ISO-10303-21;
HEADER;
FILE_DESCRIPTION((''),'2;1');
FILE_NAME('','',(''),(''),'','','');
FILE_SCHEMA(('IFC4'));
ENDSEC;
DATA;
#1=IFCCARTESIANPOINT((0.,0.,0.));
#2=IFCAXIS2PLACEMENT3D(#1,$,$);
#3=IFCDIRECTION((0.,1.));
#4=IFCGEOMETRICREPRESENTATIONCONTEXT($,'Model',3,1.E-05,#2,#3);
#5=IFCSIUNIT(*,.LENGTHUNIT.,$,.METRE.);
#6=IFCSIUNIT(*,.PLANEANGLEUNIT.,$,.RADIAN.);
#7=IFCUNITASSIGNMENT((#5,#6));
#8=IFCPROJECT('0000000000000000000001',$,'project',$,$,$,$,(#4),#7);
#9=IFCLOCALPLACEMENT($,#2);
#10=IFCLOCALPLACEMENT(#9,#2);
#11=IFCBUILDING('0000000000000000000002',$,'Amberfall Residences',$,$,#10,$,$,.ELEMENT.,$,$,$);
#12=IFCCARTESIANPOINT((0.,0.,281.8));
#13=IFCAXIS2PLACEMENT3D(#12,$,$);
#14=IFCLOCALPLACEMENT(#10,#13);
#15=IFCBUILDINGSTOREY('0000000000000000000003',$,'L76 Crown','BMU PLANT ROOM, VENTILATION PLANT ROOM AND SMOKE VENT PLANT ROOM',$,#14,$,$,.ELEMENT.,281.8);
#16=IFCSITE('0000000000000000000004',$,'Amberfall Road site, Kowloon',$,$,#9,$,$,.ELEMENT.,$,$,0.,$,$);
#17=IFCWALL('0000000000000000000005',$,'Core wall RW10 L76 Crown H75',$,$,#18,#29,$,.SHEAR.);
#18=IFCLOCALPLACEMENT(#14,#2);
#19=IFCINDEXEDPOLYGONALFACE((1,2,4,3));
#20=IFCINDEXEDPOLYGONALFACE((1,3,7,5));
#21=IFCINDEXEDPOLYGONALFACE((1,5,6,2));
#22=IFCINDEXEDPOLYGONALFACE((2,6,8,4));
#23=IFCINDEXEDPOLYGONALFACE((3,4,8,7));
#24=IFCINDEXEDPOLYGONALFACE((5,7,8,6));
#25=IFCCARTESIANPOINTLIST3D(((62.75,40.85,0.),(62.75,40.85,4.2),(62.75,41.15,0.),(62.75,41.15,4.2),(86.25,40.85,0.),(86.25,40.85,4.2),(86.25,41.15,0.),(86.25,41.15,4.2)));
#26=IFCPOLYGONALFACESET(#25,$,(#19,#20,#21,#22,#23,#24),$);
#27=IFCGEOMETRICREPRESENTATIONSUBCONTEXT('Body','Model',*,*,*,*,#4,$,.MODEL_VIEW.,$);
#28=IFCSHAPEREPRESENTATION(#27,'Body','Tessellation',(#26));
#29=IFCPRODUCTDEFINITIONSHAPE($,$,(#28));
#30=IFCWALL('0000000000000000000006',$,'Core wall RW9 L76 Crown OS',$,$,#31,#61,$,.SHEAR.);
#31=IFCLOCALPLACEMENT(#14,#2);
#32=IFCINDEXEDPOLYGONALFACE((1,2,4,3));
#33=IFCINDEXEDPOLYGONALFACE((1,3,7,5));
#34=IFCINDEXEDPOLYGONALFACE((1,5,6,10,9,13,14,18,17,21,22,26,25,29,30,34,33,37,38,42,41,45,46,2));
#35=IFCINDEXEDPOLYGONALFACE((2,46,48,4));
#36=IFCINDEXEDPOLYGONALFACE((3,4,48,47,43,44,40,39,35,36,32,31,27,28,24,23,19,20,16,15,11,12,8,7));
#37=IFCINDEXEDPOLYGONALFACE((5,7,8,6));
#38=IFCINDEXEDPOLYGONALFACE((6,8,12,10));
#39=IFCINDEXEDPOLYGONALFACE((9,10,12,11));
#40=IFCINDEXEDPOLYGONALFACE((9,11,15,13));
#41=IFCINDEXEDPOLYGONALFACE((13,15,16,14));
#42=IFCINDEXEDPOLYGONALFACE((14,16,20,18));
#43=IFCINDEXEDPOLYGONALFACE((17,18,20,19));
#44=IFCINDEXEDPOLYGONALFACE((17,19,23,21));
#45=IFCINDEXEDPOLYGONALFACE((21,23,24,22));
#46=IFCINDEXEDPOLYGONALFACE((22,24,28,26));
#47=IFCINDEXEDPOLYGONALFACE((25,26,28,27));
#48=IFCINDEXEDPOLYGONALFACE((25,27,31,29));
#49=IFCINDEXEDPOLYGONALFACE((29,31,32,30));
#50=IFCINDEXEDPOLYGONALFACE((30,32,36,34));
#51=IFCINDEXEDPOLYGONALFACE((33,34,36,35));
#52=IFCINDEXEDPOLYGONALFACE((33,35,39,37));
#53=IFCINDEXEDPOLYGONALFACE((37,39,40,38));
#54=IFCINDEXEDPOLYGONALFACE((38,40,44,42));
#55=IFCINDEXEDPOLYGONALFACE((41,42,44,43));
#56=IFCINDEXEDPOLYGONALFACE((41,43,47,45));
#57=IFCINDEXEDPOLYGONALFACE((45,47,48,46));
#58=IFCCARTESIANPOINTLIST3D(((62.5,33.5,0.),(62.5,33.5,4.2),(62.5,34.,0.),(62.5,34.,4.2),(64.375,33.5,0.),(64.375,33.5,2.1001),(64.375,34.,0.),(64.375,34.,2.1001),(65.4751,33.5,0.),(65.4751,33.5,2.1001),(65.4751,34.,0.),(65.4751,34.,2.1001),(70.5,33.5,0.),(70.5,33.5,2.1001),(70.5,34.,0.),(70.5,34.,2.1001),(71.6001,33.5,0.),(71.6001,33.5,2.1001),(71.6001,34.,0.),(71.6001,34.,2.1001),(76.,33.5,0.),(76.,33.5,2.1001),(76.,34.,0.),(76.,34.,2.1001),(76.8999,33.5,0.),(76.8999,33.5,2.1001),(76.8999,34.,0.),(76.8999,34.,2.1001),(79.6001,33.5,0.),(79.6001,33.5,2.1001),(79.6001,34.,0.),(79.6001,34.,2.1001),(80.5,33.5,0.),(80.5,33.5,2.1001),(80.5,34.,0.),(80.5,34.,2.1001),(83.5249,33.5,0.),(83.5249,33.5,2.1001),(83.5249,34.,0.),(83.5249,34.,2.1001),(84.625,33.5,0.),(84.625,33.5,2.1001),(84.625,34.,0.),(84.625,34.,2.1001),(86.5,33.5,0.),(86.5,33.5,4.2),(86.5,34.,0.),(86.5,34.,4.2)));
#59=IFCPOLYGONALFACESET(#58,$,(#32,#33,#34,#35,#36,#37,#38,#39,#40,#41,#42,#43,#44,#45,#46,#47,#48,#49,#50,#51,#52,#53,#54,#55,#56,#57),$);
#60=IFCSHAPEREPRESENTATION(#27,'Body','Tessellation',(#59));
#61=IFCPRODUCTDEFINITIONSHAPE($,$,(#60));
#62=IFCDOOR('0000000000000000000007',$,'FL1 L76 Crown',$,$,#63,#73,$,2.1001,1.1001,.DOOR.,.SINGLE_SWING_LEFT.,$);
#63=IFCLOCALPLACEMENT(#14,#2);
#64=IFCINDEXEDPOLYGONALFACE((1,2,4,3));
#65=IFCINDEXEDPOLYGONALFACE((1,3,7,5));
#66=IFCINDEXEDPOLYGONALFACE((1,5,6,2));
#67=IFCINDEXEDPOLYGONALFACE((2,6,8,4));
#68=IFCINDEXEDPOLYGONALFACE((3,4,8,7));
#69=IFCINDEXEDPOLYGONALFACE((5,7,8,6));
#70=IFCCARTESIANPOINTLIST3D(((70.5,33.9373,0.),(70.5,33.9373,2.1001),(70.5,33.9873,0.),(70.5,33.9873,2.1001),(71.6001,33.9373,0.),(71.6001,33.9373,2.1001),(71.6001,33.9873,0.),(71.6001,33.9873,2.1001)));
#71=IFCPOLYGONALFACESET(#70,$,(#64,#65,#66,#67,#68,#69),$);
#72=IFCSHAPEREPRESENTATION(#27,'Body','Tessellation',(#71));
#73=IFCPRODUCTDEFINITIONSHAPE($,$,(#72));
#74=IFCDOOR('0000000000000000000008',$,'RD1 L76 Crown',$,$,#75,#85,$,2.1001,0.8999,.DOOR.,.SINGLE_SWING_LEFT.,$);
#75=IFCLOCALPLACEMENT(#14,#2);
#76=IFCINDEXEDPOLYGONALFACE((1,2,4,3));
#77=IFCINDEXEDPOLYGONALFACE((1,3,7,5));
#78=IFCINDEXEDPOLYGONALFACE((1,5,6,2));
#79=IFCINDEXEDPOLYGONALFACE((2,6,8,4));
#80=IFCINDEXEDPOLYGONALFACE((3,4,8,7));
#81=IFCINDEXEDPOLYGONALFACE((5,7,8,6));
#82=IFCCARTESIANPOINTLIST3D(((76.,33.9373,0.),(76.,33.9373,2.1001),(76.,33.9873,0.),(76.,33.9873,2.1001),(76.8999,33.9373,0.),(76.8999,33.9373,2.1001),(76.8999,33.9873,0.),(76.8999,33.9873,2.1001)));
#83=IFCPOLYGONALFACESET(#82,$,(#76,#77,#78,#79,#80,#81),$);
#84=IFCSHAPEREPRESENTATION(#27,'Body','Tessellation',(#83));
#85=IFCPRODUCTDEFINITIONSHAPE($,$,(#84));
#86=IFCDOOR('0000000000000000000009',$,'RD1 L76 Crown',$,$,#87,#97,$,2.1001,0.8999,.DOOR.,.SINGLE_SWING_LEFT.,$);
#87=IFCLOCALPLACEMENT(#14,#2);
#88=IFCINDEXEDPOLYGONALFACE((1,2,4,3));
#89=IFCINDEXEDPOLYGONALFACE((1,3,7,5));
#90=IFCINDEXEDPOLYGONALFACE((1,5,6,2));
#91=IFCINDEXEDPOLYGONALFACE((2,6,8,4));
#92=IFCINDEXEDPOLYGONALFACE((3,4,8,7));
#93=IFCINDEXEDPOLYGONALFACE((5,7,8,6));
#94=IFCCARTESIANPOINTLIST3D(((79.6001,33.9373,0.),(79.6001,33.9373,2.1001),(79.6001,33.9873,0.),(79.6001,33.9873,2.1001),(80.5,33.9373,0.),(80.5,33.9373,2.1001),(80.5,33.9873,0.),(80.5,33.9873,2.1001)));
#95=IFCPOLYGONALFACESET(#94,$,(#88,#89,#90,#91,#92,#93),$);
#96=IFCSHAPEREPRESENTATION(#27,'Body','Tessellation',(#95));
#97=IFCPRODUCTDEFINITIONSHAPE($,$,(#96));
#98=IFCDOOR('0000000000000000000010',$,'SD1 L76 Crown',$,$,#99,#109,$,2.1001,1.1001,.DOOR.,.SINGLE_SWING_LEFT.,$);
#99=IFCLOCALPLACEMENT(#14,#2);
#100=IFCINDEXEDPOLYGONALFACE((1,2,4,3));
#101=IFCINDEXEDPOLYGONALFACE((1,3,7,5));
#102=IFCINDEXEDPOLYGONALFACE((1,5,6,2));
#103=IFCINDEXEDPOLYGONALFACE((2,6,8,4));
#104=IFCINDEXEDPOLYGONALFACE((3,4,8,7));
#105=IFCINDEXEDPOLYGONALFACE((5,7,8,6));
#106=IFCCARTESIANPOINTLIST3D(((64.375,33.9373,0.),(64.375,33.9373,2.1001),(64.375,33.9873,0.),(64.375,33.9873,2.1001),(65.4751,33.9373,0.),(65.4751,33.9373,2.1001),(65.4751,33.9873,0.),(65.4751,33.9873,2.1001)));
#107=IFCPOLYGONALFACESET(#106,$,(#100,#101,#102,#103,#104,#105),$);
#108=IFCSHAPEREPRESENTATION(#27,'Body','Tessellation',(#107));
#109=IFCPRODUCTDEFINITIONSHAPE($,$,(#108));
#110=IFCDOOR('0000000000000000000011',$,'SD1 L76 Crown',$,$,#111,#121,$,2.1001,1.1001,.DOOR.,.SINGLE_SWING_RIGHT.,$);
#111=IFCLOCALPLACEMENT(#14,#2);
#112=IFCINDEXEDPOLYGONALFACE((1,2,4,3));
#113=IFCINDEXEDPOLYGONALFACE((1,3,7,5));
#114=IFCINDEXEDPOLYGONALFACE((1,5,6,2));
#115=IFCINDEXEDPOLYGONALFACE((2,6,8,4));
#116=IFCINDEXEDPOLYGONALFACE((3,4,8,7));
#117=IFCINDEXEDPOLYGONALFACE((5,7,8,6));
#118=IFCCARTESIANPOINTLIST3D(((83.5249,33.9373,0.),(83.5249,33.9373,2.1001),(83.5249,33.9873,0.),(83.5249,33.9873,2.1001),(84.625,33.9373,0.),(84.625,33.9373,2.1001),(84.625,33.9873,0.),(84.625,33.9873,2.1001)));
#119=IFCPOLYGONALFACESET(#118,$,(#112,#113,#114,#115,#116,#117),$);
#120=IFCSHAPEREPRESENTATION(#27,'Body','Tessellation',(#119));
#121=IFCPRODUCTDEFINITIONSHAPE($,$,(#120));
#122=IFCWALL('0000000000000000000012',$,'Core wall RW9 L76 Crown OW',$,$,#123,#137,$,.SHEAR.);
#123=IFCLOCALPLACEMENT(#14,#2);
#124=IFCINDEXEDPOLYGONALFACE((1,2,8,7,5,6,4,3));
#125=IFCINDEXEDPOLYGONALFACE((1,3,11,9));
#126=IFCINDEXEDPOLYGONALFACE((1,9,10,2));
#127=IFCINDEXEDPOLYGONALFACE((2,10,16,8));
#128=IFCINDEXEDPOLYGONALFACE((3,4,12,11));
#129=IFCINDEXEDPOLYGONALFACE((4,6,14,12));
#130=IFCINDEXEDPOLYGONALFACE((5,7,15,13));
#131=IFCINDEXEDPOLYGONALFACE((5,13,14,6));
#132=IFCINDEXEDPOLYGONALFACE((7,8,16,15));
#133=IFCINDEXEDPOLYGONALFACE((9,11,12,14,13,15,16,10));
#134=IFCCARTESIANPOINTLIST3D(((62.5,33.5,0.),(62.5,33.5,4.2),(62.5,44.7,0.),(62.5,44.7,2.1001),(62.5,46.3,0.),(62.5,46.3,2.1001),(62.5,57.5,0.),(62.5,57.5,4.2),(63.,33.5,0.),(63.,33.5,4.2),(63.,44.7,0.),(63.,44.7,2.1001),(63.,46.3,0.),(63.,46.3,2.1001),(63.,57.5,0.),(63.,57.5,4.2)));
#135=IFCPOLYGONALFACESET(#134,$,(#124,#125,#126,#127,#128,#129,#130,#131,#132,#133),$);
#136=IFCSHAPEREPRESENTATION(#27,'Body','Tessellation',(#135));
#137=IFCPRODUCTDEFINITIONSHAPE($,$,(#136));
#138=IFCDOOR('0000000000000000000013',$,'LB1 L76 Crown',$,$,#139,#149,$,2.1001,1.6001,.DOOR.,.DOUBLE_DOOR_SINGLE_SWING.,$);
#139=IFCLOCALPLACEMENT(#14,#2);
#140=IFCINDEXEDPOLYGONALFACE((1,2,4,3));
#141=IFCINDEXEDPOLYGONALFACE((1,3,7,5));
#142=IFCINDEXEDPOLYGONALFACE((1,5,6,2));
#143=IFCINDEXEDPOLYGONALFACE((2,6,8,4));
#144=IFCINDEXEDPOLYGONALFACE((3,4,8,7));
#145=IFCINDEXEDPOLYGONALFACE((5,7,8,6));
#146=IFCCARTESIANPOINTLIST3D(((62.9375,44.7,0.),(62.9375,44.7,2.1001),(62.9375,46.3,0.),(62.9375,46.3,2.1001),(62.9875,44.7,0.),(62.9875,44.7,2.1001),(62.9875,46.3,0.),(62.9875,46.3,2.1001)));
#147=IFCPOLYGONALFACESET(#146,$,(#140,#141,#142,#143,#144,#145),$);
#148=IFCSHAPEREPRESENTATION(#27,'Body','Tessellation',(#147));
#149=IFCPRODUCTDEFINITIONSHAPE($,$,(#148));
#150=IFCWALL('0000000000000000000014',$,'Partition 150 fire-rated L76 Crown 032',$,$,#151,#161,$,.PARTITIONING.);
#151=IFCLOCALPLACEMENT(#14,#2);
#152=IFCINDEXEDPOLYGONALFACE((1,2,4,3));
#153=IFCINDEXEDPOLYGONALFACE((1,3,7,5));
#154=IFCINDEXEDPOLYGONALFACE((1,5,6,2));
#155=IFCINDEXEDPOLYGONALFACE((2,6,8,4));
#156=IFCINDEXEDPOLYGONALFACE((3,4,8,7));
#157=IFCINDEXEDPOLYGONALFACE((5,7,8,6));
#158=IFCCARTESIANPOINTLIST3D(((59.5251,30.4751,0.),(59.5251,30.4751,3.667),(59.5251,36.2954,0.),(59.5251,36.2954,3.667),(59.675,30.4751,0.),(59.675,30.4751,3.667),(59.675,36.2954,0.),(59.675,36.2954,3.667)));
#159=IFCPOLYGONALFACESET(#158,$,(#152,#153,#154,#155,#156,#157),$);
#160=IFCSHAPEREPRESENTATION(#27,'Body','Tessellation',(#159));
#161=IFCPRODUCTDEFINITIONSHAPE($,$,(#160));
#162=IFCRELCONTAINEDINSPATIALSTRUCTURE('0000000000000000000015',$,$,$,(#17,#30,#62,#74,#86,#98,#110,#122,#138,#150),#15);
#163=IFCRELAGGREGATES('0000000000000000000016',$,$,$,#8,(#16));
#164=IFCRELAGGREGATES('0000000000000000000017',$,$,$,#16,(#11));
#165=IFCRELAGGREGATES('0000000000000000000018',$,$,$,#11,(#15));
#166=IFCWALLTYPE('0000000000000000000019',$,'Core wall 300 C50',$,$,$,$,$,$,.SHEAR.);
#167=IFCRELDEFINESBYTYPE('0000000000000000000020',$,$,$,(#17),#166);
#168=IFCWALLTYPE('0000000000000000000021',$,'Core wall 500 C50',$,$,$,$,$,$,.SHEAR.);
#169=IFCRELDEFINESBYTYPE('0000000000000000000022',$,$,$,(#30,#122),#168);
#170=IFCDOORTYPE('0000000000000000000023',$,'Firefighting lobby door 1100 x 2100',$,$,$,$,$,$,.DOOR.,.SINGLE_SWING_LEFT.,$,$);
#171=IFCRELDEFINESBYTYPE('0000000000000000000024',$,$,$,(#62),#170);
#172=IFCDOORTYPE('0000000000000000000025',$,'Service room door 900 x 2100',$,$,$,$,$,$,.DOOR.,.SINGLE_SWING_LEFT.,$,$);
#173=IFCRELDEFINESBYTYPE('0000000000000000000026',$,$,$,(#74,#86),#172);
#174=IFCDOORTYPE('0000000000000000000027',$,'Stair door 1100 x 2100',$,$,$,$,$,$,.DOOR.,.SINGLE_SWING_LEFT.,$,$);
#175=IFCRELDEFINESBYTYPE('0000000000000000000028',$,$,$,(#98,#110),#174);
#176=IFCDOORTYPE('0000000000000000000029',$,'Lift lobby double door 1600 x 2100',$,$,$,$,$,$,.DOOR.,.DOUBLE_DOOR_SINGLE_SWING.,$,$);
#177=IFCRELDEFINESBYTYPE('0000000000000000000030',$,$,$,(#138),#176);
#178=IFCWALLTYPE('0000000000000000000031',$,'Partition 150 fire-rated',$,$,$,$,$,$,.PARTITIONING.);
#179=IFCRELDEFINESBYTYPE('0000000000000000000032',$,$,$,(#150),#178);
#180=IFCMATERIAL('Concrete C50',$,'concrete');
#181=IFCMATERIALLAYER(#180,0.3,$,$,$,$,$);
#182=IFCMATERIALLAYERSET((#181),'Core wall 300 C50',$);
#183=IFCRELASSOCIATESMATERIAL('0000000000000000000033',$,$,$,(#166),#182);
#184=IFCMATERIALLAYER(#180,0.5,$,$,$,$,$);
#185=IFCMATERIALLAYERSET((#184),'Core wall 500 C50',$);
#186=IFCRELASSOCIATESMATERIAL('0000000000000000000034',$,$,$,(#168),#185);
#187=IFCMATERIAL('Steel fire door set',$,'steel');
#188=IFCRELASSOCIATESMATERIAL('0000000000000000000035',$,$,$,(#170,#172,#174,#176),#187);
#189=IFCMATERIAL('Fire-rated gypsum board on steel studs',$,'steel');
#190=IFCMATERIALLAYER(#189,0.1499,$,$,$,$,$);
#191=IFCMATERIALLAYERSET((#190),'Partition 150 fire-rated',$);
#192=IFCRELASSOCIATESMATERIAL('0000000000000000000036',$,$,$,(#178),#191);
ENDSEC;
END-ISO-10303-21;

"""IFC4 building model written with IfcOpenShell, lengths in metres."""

from ifc_helpers import new_model, si_unit, direction, frame, frame_2d, origin, place, context, subcontext, project, spatial, rectangle, extrude, material, layer, layer_set, type_object, element, fill, save


model = new_model("IFC4")

# Units and contexts
model_context = context("Model", 3, precision=1e-05, world=origin(), true_north=direction((0.0, 1.0)))
body_context = subcontext(model_context, "Body", "Model", "MODEL_VIEW")
ifc_project = project(units=[si_unit("LENGTHUNIT", "METRE"), si_unit("PLANEANGLEUNIT", "RADIAN")], contexts=[model_context])

# Site, building, storey
site_placement = place(None, origin())
site = spatial("IfcSite", under=ifc_project, at=site_placement, Name="Amberfall Road site, Kowloon", CompositionType="ELEMENT", RefElevation=0.0)
building_placement = place(site_placement, origin())
building = spatial("IfcBuilding", under=site, at=building_placement, Name="Amberfall Residences", CompositionType="ELEMENT")
storey_placement = place(building_placement, frame((0.0, 0.0, 281.8)))
storey = spatial("IfcBuildingStorey", under=building, at=storey_placement, Name="L76 Crown", Description="BMU PLANT ROOM, VENTILATION PLANT ROOM AND SMOKE VENT PLANT ROOM", CompositionType="ELEMENT", Elevation=281.8)

# Wall
ifc_material_1 = material(Name="Concrete C50", Category="concrete")
ifc_layer_1 = layer(ifc_material_1, 0.3)
ifc_layer_set_1 = layer_set([ifc_layer_1], Name="Core wall 300 C50")
wall_type_1 = type_object("IfcWallType", Name="Core wall 300 C50", PredefinedType="SHEAR", material=ifc_layer_set_1)
wall_1_placement = place(storey_placement, frame((62.75, 41.0, 0.0), z_axis=(0.0, 0.0, 1.0), x_axis=(1.0, 0.0, 0.0)))
element("IfcWall", 1, at=wall_1_placement, inside=storey, type_object=wall_type_1, Name="Core wall RW10 L76 Crown H75", PredefinedType="SHEAR", context=body_context, shape_type="SweptSolid", body=[
    extrude(rectangle(XDim=23.5, YDim=0.3, at=frame_2d((11.75, 0.0))), origin(), (0.0, 0.0, 1.0), 4.2),
])

# Wall, openings, doors
ifc_layer_2 = layer(ifc_material_1, 0.5)
ifc_layer_set_2 = layer_set([ifc_layer_2], Name="Core wall 500 C50")
wall_type_2 = type_object("IfcWallType", Name="Core wall 500 C50", PredefinedType="SHEAR", material=ifc_layer_set_2)
wall_2_placement = place(storey_placement, frame((62.5, 33.75, 0.0), z_axis=(0.0, 0.0, 1.0), x_axis=(1.0, 0.0, 0.0)))
wall_2 = element("IfcWall", 2, at=wall_2_placement, inside=storey, type_object=wall_type_2, Name="Core wall RW9 L76 Crown OS", PredefinedType="SHEAR", context=body_context, shape_type="SweptSolid", body=[
    extrude(rectangle(XDim=24.0, YDim=0.5, at=frame_2d((12.0, 0.0))), origin(), (0.0, 0.0, 1.0), 4.2),
])
opening_1_placement = place(wall_2_placement, frame((1.875, 0.0, 0.0)))
opening_1 = element("IfcOpeningElement", 3, at=opening_1_placement, cuts=wall_2, PredefinedType="OPENING", context=body_context, shape_type="SweptSolid", body=[
    extrude(rectangle(XDim=1.1001, YDim=2.1001, at=frame_2d((0.55, 1.05))), frame((0.0, 0.26, 0.0), z_axis=(0.0, -1.0, 0.0), x_axis=(1.0, 0.0, 0.0)), (0.0, 0.0, 1.0), 0.52),
])
opening_2_placement = place(wall_2_placement, frame((21.0249, 0.0, 0.0)))
opening_2 = element("IfcOpeningElement", 4, at=opening_2_placement, cuts=wall_2, PredefinedType="OPENING", context=body_context, shape_type="SweptSolid", body=[
    extrude(rectangle(XDim=1.1001, YDim=2.1001, at=frame_2d((0.55, 1.05))), frame((0.0, 0.26, 0.0), z_axis=(0.0, -1.0, 0.0), x_axis=(1.0, 0.0, 0.0)), (0.0, 0.0, 1.0), 0.52),
])
opening_3_placement = place(wall_2_placement, frame((8.0, 0.0, 0.0)))
opening_3 = element("IfcOpeningElement", 5, at=opening_3_placement, cuts=wall_2, PredefinedType="OPENING", context=body_context, shape_type="SweptSolid", body=[
    extrude(rectangle(XDim=1.1001, YDim=2.1001, at=frame_2d((0.55, 1.05))), frame((0.0, 0.26, 0.0), z_axis=(0.0, -1.0, 0.0), x_axis=(1.0, 0.0, 0.0)), (0.0, 0.0, 1.0), 0.52),
])
opening_4_placement = place(wall_2_placement, frame((13.5, 0.0, 0.0)))
opening_4 = element("IfcOpeningElement", 6, at=opening_4_placement, cuts=wall_2, PredefinedType="OPENING", context=body_context, shape_type="SweptSolid", body=[
    extrude(rectangle(XDim=0.8999, YDim=2.1001, at=frame_2d((0.45, 1.05))), frame((0.0, 0.26, 0.0), z_axis=(0.0, -1.0, 0.0), x_axis=(1.0, 0.0, 0.0)), (0.0, 0.0, 1.0), 0.52),
])
opening_5_placement = place(wall_2_placement, frame((17.1001, 0.0, 0.0)))
opening_5 = element("IfcOpeningElement", 7, at=opening_5_placement, cuts=wall_2, PredefinedType="OPENING", context=body_context, shape_type="SweptSolid", body=[
    extrude(rectangle(XDim=0.8999, YDim=2.1001, at=frame_2d((0.45, 1.05))), frame((0.0, 0.26, 0.0), z_axis=(0.0, -1.0, 0.0), x_axis=(1.0, 0.0, 0.0)), (0.0, 0.0, 1.0), 0.52),
])
ifc_material_2 = material(Name="Steel fire door set", Category="steel")
door_type_1 = type_object("IfcDoorType", Name="Firefighting lobby door 1100 x 2100", OperationType="SINGLE_SWING_LEFT", PredefinedType="DOOR", material=ifc_material_2)
door_1_placement = place(opening_3_placement, origin())
door_1 = element("IfcDoor", 8, at=door_1_placement, inside=storey, type_object=door_type_1, Name="FL1 L76 Crown", OperationType="SINGLE_SWING_LEFT", OverallHeight=2.1001, OverallWidth=1.1001, PredefinedType="DOOR", context=body_context, shape_type="SweptSolid", body=[
    extrude(rectangle(XDim=1.1001, YDim=2.1001, at=frame_2d((0.55, 1.05))), frame((0.0, 0.2373, 0.0), z_axis=(0.0, -1.0, 0.0), x_axis=(1.0, 0.0, 0.0)), (0.0, 0.0, 1.0), 0.05),
])
fill(opening_3, door_1)
door_type_2 = type_object("IfcDoorType", Name="Service room door 900 x 2100", OperationType="SINGLE_SWING_LEFT", PredefinedType="DOOR", material=ifc_material_2)
door_2_placement = place(opening_4_placement, origin())
door_2 = element("IfcDoor", 9, at=door_2_placement, inside=storey, type_object=door_type_2, Name="RD1 L76 Crown", OperationType="SINGLE_SWING_LEFT", OverallHeight=2.1001, OverallWidth=0.8999, PredefinedType="DOOR", context=body_context, shape_type="SweptSolid", body=[
    extrude(rectangle(XDim=0.8999, YDim=2.1001, at=frame_2d((0.45, 1.05))), frame((0.0, 0.2373, 0.0), z_axis=(0.0, -1.0, 0.0), x_axis=(1.0, 0.0, 0.0)), (0.0, 0.0, 1.0), 0.05),
])
fill(opening_4, door_2)
door_3_placement = place(opening_5_placement, origin())
door_3 = element("IfcDoor", 10, at=door_3_placement, inside=storey, type_object=door_type_2, Name="RD1 L76 Crown", OperationType="SINGLE_SWING_LEFT", OverallHeight=2.1001, OverallWidth=0.8999, PredefinedType="DOOR", context=body_context, shape_type="SweptSolid", body=[
    extrude(rectangle(XDim=0.8999, YDim=2.1001, at=frame_2d((0.45, 1.05))), frame((0.0, 0.2373, 0.0), z_axis=(0.0, -1.0, 0.0), x_axis=(1.0, 0.0, 0.0)), (0.0, 0.0, 1.0), 0.05),
])
fill(opening_5, door_3)
door_type_3 = type_object("IfcDoorType", Name="Stair door 1100 x 2100", OperationType="SINGLE_SWING_LEFT", PredefinedType="DOOR", material=ifc_material_2)
door_4_placement = place(opening_1_placement, origin())
door_4 = element("IfcDoor", 11, at=door_4_placement, inside=storey, type_object=door_type_3, Name="SD1 L76 Crown", OperationType="SINGLE_SWING_LEFT", OverallHeight=2.1001, OverallWidth=1.1001, PredefinedType="DOOR", context=body_context, shape_type="SweptSolid", body=[
    extrude(rectangle(XDim=1.1001, YDim=2.1001, at=frame_2d((0.55, 1.05))), frame((0.0, 0.2373, 0.0), z_axis=(0.0, -1.0, 0.0), x_axis=(1.0, 0.0, 0.0)), (0.0, 0.0, 1.0), 0.05),
])
fill(opening_1, door_4)
door_5_placement = place(opening_2_placement, origin())
door_5 = element("IfcDoor", 12, at=door_5_placement, inside=storey, type_object=door_type_3, Name="SD1 L76 Crown", OperationType="SINGLE_SWING_RIGHT", OverallHeight=2.1001, OverallWidth=1.1001, PredefinedType="DOOR", context=body_context, shape_type="SweptSolid", body=[
    extrude(rectangle(XDim=1.1001, YDim=2.1001, at=frame_2d((0.55, 1.05))), frame((0.0, 0.2373, 0.0), z_axis=(0.0, -1.0, 0.0), x_axis=(1.0, 0.0, 0.0)), (0.0, 0.0, 1.0), 0.05),
])
fill(opening_2, door_5)

# Wall, opening, door
wall_3_placement = place(storey_placement, frame((62.75, 33.5, 0.0), z_axis=(0.0, 0.0, 1.0), x_axis=(0.0, 1.0, 0.0)))
wall_3 = element("IfcWall", 13, at=wall_3_placement, inside=storey, type_object=wall_type_2, Name="Core wall RW9 L76 Crown OW", PredefinedType="SHEAR", context=body_context, shape_type="SweptSolid", body=[
    extrude(rectangle(XDim=24.0, YDim=0.5, at=frame_2d((12.0, 0.0))), origin(), (0.0, 0.0, 1.0), 4.2),
])
opening_6_placement = place(wall_3_placement, frame((11.2, 0.0, 0.0)))
opening_6 = element("IfcOpeningElement", 14, at=opening_6_placement, cuts=wall_3, PredefinedType="OPENING", context=body_context, shape_type="SweptSolid", body=[
    extrude(rectangle(XDim=1.6001, YDim=2.1001, at=frame_2d((0.8, 1.05))), frame((0.0, 0.26, 0.0), z_axis=(0.0, -1.0, 0.0), x_axis=(1.0, 0.0, 0.0)), (0.0, 0.0, 1.0), 0.52),
])
door_type_4 = type_object("IfcDoorType", Name="Lift lobby double door 1600 x 2100", OperationType="DOUBLE_DOOR_SINGLE_SWING", PredefinedType="DOOR", material=ifc_material_2)
door_6_placement = place(opening_6_placement, origin())
door_6 = element("IfcDoor", 15, at=door_6_placement, inside=storey, type_object=door_type_4, Name="LB1 L76 Crown", OperationType="DOUBLE_DOOR_SINGLE_SWING", OverallHeight=2.1001, OverallWidth=1.6001, PredefinedType="DOOR", context=body_context, shape_type="SweptSolid", body=[
    extrude(rectangle(XDim=1.6001, YDim=2.1001, at=frame_2d((0.8, 1.05))), frame((0.0, -0.1875, 0.0), z_axis=(0.0, -1.0, 0.0), x_axis=(1.0, 0.0, 0.0)), (0.0, 0.0, 1.0), 0.05),
])
fill(opening_6, door_6)

# Wall
ifc_material_3 = material(Name="Fire-rated gypsum board on steel studs", Category="steel")
ifc_layer_3 = layer(ifc_material_3, 0.1499)
ifc_layer_set_3 = layer_set([ifc_layer_3], Name="Partition 150 fire-rated")
wall_type_3 = type_object("IfcWallType", Name="Partition 150 fire-rated", PredefinedType="PARTITIONING", material=ifc_layer_set_3)
wall_4_placement = place(storey_placement, frame((59.6001, 30.4751, 0.0), z_axis=(0.0, 0.0, 1.0), x_axis=(0.0, 1.0, 0.0)))
element("IfcWall", 16, at=wall_4_placement, inside=storey, type_object=wall_type_3, Name="Partition 150 fire-rated L76 Crown 032", PredefinedType="PARTITIONING", context=body_context, shape_type="SweptSolid", body=[
    extrude(rectangle(XDim=5.8203, YDim=0.1499, at=frame_2d((2.9102, 0.0))), origin(), (0.0, 0.0, 1.0), 3.667),
])

save(model, "model.ifc")
